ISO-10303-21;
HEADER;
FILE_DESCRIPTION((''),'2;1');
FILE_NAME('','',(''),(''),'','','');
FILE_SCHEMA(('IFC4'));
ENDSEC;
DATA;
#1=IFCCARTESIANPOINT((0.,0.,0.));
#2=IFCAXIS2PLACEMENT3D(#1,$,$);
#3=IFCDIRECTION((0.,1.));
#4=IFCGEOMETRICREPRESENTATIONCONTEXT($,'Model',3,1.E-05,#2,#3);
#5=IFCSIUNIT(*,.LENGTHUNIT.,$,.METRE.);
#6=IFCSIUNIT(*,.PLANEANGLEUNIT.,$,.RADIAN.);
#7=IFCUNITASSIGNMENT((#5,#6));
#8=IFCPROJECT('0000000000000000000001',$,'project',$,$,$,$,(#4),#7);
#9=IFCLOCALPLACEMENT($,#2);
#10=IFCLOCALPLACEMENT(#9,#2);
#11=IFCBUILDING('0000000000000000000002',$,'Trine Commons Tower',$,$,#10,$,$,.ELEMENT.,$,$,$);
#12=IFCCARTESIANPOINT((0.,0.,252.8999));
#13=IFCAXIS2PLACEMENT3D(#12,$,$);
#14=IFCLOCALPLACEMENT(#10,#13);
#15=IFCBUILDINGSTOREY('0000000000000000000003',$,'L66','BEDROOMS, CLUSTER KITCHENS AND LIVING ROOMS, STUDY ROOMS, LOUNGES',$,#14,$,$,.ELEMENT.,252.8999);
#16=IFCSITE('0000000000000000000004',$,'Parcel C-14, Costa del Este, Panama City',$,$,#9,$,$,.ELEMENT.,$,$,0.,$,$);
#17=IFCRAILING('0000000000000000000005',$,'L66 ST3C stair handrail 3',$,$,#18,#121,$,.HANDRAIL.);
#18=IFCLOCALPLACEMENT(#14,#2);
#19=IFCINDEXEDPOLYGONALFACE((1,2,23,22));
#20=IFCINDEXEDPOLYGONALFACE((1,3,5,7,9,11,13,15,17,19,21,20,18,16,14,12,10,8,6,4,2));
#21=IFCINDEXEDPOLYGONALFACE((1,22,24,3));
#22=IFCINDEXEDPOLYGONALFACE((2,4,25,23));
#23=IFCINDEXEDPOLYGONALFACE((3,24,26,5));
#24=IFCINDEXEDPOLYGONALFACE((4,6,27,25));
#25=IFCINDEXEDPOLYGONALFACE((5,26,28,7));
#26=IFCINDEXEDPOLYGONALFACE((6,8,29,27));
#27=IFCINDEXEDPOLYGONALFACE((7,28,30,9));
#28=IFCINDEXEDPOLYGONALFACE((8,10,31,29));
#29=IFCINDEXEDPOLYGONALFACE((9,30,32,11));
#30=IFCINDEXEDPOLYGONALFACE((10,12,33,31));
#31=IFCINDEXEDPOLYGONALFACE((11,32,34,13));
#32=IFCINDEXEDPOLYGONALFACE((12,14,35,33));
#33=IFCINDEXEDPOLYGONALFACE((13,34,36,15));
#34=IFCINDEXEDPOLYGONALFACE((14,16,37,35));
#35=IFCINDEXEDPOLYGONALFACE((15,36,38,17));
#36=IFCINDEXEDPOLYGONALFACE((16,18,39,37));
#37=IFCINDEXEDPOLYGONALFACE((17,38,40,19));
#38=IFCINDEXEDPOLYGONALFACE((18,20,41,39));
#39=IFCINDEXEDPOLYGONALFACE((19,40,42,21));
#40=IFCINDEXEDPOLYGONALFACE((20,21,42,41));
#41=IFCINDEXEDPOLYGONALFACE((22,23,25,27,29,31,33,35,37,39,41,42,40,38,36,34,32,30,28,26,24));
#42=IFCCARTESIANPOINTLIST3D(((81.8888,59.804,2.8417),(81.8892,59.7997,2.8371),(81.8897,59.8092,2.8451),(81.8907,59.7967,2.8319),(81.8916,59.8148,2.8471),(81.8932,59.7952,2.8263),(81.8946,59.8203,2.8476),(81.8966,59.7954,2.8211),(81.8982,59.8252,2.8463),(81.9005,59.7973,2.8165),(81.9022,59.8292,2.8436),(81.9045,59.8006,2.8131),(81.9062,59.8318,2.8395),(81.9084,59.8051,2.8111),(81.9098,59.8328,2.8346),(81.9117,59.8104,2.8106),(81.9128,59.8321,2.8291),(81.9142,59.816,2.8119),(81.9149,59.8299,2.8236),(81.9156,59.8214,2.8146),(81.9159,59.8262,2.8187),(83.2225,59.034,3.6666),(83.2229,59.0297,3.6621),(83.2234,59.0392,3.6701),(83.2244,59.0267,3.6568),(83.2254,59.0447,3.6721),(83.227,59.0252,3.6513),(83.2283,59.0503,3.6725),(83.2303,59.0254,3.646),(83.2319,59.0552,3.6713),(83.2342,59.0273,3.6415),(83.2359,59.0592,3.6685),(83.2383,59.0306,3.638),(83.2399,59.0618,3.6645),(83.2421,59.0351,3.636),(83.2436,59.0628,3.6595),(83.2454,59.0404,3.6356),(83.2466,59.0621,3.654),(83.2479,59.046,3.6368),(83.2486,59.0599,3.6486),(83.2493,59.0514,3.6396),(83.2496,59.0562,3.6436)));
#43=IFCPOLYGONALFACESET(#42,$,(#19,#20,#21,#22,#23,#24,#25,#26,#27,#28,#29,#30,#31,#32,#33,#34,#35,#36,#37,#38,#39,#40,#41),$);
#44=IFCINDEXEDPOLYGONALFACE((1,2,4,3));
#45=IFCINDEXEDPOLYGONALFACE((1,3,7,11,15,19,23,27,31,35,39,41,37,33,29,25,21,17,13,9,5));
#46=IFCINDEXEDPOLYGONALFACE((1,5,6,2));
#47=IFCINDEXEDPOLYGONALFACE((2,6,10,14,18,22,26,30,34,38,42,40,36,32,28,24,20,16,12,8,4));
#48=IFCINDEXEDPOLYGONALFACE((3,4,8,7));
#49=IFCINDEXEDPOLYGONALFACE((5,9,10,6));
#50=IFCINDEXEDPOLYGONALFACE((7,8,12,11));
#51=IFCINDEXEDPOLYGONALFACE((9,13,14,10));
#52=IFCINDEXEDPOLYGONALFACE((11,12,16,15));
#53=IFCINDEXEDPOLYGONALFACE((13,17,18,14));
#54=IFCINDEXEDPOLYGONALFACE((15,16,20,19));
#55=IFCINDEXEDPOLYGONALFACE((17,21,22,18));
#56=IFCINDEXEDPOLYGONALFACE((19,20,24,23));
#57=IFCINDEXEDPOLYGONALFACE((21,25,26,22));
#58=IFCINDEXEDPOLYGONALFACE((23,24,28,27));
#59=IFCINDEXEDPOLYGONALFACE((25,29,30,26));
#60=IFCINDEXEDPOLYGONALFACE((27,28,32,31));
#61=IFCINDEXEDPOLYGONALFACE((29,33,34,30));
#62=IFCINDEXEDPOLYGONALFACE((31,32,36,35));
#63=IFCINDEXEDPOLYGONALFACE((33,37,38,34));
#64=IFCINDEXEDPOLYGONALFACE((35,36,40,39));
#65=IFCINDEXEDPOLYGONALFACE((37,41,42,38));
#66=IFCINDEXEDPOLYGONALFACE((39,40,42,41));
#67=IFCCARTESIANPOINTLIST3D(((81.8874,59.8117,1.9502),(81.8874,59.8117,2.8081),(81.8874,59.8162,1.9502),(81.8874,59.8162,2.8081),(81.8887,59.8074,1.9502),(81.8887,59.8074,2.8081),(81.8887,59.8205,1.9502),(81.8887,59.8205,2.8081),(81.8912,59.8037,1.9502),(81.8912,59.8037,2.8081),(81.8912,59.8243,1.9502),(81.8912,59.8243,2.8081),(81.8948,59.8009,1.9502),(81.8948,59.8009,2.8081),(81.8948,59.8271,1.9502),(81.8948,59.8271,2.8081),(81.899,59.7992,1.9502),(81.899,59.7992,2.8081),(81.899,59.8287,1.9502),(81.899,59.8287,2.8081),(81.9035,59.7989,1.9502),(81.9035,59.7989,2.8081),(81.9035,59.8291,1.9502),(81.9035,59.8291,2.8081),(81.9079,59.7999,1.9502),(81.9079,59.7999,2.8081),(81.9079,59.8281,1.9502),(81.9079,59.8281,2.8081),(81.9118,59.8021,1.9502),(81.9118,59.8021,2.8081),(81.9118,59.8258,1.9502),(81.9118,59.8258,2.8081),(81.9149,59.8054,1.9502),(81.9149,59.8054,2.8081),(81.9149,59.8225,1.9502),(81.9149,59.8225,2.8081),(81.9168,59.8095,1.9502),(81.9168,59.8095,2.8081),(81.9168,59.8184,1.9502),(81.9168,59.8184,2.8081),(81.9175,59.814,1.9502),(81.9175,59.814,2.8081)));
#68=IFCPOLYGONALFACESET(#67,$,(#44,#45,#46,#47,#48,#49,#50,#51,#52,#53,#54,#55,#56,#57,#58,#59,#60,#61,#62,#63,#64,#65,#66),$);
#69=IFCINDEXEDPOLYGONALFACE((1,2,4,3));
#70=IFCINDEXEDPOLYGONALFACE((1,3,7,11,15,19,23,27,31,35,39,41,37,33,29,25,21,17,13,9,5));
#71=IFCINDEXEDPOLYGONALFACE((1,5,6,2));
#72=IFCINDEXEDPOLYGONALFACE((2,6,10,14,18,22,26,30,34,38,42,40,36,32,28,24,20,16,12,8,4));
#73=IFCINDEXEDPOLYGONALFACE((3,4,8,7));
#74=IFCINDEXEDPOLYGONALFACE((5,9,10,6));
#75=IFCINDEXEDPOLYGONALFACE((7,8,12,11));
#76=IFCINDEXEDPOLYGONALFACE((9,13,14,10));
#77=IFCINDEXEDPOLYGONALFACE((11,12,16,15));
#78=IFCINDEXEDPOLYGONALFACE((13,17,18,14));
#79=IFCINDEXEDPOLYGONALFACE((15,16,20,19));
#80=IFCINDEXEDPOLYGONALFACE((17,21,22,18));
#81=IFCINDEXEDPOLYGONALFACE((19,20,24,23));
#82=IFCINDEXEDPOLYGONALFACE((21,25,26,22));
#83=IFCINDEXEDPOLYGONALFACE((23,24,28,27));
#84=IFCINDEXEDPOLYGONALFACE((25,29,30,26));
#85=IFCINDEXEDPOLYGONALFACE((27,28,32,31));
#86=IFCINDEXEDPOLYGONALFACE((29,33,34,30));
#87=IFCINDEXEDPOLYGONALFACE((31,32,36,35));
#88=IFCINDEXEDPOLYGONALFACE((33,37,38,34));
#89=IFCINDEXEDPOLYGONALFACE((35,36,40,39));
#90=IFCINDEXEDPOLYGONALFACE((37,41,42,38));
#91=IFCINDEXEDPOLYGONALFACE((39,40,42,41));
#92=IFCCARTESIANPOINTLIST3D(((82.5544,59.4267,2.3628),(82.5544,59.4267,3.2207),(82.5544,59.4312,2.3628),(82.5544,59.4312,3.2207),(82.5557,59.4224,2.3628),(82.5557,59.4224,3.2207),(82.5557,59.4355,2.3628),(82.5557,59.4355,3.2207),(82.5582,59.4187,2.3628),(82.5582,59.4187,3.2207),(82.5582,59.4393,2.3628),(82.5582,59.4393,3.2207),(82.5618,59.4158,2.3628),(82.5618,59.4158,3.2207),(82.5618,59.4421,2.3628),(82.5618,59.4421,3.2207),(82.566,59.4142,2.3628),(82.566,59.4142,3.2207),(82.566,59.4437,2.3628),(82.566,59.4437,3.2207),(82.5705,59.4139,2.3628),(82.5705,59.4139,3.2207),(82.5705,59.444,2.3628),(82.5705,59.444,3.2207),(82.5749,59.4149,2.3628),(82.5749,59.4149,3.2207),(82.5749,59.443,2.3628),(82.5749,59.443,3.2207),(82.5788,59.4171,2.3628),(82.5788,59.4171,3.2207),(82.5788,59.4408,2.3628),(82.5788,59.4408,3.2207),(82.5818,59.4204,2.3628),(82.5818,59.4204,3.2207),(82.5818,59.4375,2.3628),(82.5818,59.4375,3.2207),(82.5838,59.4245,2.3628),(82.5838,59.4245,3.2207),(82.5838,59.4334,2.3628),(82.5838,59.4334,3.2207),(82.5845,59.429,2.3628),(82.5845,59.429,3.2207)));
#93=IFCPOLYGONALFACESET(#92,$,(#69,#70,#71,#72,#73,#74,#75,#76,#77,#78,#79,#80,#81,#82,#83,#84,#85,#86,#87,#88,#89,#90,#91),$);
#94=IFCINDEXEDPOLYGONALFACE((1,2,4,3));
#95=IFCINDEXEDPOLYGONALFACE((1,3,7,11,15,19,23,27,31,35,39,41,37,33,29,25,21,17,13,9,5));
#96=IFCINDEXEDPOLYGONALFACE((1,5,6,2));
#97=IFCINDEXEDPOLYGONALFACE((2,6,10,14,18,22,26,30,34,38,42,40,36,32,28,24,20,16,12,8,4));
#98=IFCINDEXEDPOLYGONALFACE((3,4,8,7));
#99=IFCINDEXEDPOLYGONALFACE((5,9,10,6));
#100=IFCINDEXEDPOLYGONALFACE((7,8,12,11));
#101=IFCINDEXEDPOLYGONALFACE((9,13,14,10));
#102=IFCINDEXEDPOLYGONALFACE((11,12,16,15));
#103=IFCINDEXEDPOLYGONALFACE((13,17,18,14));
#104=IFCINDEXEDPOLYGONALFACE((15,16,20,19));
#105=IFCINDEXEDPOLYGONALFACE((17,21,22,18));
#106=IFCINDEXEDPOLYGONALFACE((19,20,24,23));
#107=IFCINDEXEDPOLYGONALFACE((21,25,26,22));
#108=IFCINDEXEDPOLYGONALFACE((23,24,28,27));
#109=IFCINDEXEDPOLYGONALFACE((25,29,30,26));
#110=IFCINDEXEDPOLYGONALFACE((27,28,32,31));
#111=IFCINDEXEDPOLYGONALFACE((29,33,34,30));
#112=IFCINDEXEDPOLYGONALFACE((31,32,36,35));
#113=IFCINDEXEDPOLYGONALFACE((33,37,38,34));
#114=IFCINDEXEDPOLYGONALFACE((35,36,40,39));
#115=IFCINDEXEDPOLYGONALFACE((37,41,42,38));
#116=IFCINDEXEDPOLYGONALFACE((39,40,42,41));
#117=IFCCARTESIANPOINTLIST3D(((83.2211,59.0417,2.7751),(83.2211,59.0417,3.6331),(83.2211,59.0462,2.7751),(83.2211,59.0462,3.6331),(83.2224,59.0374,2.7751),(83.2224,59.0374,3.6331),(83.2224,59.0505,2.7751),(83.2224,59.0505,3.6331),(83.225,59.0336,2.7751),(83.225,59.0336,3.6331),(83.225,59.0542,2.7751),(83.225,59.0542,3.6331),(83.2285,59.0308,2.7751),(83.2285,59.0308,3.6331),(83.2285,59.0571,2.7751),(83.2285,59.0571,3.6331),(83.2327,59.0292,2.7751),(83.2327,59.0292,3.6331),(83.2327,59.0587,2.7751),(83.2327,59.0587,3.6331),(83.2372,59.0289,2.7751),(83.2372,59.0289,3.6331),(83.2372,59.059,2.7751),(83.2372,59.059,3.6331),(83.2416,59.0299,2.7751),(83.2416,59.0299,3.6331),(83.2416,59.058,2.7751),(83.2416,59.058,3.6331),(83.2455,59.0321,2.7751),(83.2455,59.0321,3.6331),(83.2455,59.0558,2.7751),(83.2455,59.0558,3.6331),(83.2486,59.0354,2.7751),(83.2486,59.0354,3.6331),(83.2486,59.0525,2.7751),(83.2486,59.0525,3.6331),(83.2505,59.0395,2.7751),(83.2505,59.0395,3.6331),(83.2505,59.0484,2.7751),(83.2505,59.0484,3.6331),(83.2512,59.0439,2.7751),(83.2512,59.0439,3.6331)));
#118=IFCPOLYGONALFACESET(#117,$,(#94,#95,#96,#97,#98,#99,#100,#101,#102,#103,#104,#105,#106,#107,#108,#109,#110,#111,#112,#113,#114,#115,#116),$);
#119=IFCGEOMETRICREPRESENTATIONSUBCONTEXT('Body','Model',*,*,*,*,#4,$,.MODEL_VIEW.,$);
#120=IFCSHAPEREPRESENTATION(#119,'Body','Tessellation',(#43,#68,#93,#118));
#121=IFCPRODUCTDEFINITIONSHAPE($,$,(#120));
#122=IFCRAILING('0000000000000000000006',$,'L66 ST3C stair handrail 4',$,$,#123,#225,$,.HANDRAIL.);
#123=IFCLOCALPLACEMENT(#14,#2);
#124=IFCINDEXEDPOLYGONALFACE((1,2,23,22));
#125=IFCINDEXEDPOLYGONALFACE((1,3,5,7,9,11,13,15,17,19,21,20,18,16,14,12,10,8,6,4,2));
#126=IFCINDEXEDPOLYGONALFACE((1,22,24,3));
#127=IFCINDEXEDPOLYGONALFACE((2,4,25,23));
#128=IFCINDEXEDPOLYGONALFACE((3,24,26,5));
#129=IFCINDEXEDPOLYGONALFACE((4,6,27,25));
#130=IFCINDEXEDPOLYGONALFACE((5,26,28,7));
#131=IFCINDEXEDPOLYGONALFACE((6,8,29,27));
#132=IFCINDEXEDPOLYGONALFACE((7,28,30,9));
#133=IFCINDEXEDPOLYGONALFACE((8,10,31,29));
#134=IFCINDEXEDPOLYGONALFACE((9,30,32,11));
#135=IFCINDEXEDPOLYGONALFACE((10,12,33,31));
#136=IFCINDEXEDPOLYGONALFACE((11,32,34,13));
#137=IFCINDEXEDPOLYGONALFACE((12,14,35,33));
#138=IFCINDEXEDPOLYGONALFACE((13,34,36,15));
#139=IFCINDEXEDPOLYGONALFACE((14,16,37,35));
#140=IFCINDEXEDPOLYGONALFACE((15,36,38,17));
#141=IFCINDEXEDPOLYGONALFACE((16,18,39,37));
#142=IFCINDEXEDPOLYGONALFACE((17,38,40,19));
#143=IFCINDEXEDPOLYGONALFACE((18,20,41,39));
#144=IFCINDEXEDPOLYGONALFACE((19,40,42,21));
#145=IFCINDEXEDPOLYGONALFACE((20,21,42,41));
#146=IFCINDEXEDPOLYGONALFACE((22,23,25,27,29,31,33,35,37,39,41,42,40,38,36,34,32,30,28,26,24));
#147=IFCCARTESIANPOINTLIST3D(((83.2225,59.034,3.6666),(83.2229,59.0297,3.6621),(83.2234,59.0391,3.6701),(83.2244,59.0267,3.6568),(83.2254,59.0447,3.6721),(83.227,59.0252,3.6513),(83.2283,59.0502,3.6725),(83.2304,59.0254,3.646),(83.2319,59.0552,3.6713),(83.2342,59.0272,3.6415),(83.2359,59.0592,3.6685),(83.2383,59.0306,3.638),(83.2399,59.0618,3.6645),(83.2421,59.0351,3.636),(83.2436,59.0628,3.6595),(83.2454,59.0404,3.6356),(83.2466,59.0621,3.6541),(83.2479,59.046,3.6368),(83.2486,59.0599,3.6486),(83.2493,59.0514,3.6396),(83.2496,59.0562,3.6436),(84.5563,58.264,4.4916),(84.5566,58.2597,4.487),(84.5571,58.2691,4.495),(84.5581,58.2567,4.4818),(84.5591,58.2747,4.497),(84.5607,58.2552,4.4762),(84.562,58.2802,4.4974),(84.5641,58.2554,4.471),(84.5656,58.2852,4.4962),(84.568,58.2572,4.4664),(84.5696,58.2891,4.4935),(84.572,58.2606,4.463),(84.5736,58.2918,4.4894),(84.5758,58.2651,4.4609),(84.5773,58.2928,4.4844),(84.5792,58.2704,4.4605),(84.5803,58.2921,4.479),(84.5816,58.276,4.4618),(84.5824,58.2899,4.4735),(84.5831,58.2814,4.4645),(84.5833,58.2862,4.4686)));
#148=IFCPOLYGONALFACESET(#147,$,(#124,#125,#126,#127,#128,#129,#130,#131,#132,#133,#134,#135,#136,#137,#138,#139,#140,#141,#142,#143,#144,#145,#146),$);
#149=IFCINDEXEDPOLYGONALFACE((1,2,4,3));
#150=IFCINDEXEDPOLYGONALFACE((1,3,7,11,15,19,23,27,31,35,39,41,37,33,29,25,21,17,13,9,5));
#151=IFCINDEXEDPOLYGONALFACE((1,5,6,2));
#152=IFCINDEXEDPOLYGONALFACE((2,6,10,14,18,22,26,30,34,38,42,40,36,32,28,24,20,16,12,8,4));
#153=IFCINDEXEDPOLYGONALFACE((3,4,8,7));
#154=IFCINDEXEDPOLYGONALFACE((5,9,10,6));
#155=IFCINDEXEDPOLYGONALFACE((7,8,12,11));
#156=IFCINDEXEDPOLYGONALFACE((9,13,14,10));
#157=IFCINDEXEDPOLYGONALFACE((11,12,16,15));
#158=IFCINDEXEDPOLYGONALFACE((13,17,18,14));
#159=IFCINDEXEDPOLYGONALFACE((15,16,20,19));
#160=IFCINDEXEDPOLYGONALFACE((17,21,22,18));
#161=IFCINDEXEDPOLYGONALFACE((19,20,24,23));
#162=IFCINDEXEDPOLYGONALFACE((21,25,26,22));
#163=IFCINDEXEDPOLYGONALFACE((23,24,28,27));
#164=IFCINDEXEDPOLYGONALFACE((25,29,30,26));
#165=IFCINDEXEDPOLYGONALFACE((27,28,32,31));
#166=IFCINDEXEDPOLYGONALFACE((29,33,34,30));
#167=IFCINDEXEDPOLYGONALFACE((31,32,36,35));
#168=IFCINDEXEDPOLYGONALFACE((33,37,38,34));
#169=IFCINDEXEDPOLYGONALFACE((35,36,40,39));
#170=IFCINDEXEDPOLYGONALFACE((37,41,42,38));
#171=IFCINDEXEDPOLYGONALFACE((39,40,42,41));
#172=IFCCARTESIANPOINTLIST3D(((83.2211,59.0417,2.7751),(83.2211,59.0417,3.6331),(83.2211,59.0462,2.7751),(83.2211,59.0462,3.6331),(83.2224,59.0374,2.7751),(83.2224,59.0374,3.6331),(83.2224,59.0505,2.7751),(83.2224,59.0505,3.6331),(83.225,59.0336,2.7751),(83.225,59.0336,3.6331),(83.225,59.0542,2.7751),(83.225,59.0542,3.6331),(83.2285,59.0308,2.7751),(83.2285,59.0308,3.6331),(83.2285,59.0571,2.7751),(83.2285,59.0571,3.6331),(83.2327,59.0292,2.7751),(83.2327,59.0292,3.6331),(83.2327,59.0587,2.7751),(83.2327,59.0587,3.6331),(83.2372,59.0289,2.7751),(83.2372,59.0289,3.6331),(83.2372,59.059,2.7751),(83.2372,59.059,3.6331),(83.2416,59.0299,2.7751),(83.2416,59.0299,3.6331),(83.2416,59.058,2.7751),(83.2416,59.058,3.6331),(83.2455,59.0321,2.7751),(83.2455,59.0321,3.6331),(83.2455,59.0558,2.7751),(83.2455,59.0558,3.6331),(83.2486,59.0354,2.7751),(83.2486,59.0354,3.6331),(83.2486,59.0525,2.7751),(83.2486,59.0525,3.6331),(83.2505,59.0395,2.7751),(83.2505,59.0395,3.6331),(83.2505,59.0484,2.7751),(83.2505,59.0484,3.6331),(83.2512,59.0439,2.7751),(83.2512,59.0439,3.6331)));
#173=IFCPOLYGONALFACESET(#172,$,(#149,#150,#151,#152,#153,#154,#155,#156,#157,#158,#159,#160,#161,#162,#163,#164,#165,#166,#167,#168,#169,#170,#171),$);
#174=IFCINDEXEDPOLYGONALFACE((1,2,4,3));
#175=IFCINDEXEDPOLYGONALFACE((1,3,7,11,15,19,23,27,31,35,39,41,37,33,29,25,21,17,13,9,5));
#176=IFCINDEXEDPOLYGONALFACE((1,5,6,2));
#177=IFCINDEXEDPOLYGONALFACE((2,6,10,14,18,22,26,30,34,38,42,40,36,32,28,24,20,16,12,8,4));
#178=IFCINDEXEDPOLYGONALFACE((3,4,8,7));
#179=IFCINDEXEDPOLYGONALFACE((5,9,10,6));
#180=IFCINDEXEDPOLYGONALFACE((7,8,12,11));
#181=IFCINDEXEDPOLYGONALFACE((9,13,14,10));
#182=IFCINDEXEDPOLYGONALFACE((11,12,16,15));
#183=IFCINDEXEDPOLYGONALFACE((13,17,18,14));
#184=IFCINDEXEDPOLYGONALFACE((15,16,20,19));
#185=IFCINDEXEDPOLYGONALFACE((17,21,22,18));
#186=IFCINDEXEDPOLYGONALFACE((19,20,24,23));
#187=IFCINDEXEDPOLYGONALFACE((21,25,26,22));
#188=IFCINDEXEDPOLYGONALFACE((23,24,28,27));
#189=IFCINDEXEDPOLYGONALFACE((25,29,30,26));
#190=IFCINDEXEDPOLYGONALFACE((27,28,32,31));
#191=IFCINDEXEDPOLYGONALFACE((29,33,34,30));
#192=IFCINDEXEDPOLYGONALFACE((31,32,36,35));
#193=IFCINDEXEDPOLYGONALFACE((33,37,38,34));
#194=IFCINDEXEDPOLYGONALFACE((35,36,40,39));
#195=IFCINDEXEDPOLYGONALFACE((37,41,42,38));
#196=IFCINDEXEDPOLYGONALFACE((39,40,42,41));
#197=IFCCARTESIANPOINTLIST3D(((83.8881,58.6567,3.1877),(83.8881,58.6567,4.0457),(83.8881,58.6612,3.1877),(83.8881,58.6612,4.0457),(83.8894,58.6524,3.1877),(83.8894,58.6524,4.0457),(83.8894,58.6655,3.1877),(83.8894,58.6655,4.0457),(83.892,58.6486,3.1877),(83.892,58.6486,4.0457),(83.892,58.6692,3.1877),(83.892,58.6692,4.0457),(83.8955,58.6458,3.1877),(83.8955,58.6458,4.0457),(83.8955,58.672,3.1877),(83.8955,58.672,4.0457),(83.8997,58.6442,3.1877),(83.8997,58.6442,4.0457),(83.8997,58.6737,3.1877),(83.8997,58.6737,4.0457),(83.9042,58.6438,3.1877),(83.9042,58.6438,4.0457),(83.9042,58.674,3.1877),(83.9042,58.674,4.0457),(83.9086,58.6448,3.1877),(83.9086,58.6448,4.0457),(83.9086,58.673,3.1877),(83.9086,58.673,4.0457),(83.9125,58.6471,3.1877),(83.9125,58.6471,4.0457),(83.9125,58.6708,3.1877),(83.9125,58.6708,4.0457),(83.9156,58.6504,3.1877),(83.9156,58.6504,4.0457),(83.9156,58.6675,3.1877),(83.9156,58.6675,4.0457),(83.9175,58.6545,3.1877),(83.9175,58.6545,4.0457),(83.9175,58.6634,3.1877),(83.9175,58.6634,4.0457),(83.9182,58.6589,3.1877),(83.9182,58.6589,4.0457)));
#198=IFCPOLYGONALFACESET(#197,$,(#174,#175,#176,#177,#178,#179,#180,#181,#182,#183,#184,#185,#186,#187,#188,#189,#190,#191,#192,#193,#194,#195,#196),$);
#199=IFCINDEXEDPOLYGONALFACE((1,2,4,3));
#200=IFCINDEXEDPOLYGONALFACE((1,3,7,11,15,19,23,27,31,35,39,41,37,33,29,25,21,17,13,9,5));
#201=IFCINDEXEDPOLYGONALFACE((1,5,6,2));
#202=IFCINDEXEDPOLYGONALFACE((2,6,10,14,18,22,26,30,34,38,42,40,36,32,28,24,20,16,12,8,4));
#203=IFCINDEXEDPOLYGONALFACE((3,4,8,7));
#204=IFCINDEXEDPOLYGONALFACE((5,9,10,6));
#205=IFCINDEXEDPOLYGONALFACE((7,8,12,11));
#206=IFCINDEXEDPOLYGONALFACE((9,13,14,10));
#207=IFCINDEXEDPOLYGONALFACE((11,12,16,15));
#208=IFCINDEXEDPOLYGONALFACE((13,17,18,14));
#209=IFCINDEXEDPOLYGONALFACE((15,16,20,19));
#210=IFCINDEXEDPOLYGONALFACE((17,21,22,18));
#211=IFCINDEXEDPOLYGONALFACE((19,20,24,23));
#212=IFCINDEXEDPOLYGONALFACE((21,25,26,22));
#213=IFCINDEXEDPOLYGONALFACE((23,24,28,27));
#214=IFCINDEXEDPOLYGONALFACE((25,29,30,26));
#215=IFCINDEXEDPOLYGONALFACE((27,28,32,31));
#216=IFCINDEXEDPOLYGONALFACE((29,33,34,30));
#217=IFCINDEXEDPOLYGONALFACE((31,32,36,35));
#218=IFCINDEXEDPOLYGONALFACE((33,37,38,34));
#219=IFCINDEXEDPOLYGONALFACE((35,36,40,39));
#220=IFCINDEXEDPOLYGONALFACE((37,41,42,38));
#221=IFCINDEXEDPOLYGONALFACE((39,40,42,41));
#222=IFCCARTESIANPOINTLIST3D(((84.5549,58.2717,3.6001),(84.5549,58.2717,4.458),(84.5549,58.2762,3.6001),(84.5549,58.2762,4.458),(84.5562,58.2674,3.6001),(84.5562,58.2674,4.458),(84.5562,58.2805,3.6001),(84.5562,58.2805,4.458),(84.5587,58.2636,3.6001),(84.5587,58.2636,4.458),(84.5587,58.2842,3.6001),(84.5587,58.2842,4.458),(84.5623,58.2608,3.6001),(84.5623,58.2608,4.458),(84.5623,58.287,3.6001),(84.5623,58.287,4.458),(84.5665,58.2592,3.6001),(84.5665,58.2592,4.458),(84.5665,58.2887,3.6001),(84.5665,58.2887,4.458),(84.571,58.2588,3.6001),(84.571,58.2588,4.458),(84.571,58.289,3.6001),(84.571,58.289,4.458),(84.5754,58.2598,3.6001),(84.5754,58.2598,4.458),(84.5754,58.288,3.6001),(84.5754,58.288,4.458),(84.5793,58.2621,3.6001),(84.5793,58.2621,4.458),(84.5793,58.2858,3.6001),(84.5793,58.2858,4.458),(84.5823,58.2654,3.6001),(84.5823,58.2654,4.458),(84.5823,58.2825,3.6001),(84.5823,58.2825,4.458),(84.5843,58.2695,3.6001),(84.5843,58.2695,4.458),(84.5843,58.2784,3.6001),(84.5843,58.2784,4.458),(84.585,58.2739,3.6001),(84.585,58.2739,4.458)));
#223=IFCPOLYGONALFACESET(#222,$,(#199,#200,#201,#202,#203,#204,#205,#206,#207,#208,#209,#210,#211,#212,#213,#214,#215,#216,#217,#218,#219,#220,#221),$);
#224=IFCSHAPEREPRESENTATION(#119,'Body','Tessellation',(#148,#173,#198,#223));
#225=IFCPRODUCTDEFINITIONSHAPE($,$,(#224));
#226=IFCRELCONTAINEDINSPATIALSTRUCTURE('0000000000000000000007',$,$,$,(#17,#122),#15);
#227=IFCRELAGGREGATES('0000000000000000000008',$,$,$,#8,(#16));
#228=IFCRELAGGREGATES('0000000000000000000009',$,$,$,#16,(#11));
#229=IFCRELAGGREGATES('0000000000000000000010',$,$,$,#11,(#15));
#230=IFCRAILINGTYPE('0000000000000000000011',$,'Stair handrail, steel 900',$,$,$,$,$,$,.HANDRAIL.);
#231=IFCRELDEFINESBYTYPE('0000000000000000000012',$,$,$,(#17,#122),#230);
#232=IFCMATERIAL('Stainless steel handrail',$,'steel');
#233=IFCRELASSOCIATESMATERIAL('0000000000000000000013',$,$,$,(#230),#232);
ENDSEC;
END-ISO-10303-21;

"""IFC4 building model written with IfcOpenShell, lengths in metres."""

from ifc_helpers import new_model, si_unit, direction, frame, origin, origin_2d, place, context, subcontext, project, spatial, circle, extrude, material, type_object, element, save


model = new_model("IFC4")

# Units and contexts
model_context = context("Model", 3, precision=1e-05, world=origin(), true_north=direction((0.0, 1.0)))
body_context = subcontext(model_context, "Body", "Model", "MODEL_VIEW")
ifc_project = project(units=[si_unit("LENGTHUNIT", "METRE"), si_unit("PLANEANGLEUNIT", "RADIAN")], contexts=[model_context])

# Site, building, storey
site_placement = place(None, origin())
site = spatial("IfcSite", under=ifc_project, at=site_placement, Name="Parcel C-14, Costa del Este, Panama City", CompositionType="ELEMENT", RefElevation=0.0)
building_placement = place(site_placement, origin())
building = spatial("IfcBuilding", under=site, at=building_placement, Name="Trine Commons Tower", CompositionType="ELEMENT")
storey_placement = place(building_placement, frame((0.0, 0.0, 252.8999)))
storey = spatial("IfcBuildingStorey", under=building, at=storey_placement, Name="L66", Description="BEDROOMS, CLUSTER KITCHENS AND LIVING ROOMS, STUDY ROOMS, LOUNGES", CompositionType="ELEMENT", Elevation=252.8999)

# Railings
ifc_material_1 = material(Name="Stainless steel handrail", Category="steel")
railing_type_1 = type_object("IfcRailingType", Name="Stair handrail, steel 900", PredefinedType="HANDRAIL", material=ifc_material_1)
for number, where, name in (
    (1, (81.9023, 59.814, 1.9502), "L66 ST3C stair handrail 3"),
    (2, (83.2361, 59.0439, 2.7751), "L66 ST3C stair handrail 4"),
):
    element("IfcRailing", number, at=place(storey_placement, frame(where)), inside=storey, type_object=railing_type_1, Name=name, PredefinedType="HANDRAIL", context=body_context, shape_type="SweptSolid", body=[
        extrude(circle(Radius=0.021, at=origin_2d()), frame((0.0, 0.0, 0.8789), z_axis=(0.763405, -0.440743, 0.472185), x_axis=(0.499992, 0.86603, 0.0)), (0.0, 0.0, 1.0), 1.7471),
        extrude(circle(Radius=0.0151, at=origin_2d()), origin(), (0.0, 0.0, 1.0), 0.8579),
        extrude(circle(Radius=0.0151, at=origin_2d()), frame((0.667, -0.385, 0.4126)), (0.0, 0.0, 1.0), 0.8579),
        extrude(circle(Radius=0.0151, at=origin_2d()), frame((1.3337, -0.77, 0.825)), (0.0, 0.0, 1.0), 0.8579),
    ])

save(model, "model.ifc")
